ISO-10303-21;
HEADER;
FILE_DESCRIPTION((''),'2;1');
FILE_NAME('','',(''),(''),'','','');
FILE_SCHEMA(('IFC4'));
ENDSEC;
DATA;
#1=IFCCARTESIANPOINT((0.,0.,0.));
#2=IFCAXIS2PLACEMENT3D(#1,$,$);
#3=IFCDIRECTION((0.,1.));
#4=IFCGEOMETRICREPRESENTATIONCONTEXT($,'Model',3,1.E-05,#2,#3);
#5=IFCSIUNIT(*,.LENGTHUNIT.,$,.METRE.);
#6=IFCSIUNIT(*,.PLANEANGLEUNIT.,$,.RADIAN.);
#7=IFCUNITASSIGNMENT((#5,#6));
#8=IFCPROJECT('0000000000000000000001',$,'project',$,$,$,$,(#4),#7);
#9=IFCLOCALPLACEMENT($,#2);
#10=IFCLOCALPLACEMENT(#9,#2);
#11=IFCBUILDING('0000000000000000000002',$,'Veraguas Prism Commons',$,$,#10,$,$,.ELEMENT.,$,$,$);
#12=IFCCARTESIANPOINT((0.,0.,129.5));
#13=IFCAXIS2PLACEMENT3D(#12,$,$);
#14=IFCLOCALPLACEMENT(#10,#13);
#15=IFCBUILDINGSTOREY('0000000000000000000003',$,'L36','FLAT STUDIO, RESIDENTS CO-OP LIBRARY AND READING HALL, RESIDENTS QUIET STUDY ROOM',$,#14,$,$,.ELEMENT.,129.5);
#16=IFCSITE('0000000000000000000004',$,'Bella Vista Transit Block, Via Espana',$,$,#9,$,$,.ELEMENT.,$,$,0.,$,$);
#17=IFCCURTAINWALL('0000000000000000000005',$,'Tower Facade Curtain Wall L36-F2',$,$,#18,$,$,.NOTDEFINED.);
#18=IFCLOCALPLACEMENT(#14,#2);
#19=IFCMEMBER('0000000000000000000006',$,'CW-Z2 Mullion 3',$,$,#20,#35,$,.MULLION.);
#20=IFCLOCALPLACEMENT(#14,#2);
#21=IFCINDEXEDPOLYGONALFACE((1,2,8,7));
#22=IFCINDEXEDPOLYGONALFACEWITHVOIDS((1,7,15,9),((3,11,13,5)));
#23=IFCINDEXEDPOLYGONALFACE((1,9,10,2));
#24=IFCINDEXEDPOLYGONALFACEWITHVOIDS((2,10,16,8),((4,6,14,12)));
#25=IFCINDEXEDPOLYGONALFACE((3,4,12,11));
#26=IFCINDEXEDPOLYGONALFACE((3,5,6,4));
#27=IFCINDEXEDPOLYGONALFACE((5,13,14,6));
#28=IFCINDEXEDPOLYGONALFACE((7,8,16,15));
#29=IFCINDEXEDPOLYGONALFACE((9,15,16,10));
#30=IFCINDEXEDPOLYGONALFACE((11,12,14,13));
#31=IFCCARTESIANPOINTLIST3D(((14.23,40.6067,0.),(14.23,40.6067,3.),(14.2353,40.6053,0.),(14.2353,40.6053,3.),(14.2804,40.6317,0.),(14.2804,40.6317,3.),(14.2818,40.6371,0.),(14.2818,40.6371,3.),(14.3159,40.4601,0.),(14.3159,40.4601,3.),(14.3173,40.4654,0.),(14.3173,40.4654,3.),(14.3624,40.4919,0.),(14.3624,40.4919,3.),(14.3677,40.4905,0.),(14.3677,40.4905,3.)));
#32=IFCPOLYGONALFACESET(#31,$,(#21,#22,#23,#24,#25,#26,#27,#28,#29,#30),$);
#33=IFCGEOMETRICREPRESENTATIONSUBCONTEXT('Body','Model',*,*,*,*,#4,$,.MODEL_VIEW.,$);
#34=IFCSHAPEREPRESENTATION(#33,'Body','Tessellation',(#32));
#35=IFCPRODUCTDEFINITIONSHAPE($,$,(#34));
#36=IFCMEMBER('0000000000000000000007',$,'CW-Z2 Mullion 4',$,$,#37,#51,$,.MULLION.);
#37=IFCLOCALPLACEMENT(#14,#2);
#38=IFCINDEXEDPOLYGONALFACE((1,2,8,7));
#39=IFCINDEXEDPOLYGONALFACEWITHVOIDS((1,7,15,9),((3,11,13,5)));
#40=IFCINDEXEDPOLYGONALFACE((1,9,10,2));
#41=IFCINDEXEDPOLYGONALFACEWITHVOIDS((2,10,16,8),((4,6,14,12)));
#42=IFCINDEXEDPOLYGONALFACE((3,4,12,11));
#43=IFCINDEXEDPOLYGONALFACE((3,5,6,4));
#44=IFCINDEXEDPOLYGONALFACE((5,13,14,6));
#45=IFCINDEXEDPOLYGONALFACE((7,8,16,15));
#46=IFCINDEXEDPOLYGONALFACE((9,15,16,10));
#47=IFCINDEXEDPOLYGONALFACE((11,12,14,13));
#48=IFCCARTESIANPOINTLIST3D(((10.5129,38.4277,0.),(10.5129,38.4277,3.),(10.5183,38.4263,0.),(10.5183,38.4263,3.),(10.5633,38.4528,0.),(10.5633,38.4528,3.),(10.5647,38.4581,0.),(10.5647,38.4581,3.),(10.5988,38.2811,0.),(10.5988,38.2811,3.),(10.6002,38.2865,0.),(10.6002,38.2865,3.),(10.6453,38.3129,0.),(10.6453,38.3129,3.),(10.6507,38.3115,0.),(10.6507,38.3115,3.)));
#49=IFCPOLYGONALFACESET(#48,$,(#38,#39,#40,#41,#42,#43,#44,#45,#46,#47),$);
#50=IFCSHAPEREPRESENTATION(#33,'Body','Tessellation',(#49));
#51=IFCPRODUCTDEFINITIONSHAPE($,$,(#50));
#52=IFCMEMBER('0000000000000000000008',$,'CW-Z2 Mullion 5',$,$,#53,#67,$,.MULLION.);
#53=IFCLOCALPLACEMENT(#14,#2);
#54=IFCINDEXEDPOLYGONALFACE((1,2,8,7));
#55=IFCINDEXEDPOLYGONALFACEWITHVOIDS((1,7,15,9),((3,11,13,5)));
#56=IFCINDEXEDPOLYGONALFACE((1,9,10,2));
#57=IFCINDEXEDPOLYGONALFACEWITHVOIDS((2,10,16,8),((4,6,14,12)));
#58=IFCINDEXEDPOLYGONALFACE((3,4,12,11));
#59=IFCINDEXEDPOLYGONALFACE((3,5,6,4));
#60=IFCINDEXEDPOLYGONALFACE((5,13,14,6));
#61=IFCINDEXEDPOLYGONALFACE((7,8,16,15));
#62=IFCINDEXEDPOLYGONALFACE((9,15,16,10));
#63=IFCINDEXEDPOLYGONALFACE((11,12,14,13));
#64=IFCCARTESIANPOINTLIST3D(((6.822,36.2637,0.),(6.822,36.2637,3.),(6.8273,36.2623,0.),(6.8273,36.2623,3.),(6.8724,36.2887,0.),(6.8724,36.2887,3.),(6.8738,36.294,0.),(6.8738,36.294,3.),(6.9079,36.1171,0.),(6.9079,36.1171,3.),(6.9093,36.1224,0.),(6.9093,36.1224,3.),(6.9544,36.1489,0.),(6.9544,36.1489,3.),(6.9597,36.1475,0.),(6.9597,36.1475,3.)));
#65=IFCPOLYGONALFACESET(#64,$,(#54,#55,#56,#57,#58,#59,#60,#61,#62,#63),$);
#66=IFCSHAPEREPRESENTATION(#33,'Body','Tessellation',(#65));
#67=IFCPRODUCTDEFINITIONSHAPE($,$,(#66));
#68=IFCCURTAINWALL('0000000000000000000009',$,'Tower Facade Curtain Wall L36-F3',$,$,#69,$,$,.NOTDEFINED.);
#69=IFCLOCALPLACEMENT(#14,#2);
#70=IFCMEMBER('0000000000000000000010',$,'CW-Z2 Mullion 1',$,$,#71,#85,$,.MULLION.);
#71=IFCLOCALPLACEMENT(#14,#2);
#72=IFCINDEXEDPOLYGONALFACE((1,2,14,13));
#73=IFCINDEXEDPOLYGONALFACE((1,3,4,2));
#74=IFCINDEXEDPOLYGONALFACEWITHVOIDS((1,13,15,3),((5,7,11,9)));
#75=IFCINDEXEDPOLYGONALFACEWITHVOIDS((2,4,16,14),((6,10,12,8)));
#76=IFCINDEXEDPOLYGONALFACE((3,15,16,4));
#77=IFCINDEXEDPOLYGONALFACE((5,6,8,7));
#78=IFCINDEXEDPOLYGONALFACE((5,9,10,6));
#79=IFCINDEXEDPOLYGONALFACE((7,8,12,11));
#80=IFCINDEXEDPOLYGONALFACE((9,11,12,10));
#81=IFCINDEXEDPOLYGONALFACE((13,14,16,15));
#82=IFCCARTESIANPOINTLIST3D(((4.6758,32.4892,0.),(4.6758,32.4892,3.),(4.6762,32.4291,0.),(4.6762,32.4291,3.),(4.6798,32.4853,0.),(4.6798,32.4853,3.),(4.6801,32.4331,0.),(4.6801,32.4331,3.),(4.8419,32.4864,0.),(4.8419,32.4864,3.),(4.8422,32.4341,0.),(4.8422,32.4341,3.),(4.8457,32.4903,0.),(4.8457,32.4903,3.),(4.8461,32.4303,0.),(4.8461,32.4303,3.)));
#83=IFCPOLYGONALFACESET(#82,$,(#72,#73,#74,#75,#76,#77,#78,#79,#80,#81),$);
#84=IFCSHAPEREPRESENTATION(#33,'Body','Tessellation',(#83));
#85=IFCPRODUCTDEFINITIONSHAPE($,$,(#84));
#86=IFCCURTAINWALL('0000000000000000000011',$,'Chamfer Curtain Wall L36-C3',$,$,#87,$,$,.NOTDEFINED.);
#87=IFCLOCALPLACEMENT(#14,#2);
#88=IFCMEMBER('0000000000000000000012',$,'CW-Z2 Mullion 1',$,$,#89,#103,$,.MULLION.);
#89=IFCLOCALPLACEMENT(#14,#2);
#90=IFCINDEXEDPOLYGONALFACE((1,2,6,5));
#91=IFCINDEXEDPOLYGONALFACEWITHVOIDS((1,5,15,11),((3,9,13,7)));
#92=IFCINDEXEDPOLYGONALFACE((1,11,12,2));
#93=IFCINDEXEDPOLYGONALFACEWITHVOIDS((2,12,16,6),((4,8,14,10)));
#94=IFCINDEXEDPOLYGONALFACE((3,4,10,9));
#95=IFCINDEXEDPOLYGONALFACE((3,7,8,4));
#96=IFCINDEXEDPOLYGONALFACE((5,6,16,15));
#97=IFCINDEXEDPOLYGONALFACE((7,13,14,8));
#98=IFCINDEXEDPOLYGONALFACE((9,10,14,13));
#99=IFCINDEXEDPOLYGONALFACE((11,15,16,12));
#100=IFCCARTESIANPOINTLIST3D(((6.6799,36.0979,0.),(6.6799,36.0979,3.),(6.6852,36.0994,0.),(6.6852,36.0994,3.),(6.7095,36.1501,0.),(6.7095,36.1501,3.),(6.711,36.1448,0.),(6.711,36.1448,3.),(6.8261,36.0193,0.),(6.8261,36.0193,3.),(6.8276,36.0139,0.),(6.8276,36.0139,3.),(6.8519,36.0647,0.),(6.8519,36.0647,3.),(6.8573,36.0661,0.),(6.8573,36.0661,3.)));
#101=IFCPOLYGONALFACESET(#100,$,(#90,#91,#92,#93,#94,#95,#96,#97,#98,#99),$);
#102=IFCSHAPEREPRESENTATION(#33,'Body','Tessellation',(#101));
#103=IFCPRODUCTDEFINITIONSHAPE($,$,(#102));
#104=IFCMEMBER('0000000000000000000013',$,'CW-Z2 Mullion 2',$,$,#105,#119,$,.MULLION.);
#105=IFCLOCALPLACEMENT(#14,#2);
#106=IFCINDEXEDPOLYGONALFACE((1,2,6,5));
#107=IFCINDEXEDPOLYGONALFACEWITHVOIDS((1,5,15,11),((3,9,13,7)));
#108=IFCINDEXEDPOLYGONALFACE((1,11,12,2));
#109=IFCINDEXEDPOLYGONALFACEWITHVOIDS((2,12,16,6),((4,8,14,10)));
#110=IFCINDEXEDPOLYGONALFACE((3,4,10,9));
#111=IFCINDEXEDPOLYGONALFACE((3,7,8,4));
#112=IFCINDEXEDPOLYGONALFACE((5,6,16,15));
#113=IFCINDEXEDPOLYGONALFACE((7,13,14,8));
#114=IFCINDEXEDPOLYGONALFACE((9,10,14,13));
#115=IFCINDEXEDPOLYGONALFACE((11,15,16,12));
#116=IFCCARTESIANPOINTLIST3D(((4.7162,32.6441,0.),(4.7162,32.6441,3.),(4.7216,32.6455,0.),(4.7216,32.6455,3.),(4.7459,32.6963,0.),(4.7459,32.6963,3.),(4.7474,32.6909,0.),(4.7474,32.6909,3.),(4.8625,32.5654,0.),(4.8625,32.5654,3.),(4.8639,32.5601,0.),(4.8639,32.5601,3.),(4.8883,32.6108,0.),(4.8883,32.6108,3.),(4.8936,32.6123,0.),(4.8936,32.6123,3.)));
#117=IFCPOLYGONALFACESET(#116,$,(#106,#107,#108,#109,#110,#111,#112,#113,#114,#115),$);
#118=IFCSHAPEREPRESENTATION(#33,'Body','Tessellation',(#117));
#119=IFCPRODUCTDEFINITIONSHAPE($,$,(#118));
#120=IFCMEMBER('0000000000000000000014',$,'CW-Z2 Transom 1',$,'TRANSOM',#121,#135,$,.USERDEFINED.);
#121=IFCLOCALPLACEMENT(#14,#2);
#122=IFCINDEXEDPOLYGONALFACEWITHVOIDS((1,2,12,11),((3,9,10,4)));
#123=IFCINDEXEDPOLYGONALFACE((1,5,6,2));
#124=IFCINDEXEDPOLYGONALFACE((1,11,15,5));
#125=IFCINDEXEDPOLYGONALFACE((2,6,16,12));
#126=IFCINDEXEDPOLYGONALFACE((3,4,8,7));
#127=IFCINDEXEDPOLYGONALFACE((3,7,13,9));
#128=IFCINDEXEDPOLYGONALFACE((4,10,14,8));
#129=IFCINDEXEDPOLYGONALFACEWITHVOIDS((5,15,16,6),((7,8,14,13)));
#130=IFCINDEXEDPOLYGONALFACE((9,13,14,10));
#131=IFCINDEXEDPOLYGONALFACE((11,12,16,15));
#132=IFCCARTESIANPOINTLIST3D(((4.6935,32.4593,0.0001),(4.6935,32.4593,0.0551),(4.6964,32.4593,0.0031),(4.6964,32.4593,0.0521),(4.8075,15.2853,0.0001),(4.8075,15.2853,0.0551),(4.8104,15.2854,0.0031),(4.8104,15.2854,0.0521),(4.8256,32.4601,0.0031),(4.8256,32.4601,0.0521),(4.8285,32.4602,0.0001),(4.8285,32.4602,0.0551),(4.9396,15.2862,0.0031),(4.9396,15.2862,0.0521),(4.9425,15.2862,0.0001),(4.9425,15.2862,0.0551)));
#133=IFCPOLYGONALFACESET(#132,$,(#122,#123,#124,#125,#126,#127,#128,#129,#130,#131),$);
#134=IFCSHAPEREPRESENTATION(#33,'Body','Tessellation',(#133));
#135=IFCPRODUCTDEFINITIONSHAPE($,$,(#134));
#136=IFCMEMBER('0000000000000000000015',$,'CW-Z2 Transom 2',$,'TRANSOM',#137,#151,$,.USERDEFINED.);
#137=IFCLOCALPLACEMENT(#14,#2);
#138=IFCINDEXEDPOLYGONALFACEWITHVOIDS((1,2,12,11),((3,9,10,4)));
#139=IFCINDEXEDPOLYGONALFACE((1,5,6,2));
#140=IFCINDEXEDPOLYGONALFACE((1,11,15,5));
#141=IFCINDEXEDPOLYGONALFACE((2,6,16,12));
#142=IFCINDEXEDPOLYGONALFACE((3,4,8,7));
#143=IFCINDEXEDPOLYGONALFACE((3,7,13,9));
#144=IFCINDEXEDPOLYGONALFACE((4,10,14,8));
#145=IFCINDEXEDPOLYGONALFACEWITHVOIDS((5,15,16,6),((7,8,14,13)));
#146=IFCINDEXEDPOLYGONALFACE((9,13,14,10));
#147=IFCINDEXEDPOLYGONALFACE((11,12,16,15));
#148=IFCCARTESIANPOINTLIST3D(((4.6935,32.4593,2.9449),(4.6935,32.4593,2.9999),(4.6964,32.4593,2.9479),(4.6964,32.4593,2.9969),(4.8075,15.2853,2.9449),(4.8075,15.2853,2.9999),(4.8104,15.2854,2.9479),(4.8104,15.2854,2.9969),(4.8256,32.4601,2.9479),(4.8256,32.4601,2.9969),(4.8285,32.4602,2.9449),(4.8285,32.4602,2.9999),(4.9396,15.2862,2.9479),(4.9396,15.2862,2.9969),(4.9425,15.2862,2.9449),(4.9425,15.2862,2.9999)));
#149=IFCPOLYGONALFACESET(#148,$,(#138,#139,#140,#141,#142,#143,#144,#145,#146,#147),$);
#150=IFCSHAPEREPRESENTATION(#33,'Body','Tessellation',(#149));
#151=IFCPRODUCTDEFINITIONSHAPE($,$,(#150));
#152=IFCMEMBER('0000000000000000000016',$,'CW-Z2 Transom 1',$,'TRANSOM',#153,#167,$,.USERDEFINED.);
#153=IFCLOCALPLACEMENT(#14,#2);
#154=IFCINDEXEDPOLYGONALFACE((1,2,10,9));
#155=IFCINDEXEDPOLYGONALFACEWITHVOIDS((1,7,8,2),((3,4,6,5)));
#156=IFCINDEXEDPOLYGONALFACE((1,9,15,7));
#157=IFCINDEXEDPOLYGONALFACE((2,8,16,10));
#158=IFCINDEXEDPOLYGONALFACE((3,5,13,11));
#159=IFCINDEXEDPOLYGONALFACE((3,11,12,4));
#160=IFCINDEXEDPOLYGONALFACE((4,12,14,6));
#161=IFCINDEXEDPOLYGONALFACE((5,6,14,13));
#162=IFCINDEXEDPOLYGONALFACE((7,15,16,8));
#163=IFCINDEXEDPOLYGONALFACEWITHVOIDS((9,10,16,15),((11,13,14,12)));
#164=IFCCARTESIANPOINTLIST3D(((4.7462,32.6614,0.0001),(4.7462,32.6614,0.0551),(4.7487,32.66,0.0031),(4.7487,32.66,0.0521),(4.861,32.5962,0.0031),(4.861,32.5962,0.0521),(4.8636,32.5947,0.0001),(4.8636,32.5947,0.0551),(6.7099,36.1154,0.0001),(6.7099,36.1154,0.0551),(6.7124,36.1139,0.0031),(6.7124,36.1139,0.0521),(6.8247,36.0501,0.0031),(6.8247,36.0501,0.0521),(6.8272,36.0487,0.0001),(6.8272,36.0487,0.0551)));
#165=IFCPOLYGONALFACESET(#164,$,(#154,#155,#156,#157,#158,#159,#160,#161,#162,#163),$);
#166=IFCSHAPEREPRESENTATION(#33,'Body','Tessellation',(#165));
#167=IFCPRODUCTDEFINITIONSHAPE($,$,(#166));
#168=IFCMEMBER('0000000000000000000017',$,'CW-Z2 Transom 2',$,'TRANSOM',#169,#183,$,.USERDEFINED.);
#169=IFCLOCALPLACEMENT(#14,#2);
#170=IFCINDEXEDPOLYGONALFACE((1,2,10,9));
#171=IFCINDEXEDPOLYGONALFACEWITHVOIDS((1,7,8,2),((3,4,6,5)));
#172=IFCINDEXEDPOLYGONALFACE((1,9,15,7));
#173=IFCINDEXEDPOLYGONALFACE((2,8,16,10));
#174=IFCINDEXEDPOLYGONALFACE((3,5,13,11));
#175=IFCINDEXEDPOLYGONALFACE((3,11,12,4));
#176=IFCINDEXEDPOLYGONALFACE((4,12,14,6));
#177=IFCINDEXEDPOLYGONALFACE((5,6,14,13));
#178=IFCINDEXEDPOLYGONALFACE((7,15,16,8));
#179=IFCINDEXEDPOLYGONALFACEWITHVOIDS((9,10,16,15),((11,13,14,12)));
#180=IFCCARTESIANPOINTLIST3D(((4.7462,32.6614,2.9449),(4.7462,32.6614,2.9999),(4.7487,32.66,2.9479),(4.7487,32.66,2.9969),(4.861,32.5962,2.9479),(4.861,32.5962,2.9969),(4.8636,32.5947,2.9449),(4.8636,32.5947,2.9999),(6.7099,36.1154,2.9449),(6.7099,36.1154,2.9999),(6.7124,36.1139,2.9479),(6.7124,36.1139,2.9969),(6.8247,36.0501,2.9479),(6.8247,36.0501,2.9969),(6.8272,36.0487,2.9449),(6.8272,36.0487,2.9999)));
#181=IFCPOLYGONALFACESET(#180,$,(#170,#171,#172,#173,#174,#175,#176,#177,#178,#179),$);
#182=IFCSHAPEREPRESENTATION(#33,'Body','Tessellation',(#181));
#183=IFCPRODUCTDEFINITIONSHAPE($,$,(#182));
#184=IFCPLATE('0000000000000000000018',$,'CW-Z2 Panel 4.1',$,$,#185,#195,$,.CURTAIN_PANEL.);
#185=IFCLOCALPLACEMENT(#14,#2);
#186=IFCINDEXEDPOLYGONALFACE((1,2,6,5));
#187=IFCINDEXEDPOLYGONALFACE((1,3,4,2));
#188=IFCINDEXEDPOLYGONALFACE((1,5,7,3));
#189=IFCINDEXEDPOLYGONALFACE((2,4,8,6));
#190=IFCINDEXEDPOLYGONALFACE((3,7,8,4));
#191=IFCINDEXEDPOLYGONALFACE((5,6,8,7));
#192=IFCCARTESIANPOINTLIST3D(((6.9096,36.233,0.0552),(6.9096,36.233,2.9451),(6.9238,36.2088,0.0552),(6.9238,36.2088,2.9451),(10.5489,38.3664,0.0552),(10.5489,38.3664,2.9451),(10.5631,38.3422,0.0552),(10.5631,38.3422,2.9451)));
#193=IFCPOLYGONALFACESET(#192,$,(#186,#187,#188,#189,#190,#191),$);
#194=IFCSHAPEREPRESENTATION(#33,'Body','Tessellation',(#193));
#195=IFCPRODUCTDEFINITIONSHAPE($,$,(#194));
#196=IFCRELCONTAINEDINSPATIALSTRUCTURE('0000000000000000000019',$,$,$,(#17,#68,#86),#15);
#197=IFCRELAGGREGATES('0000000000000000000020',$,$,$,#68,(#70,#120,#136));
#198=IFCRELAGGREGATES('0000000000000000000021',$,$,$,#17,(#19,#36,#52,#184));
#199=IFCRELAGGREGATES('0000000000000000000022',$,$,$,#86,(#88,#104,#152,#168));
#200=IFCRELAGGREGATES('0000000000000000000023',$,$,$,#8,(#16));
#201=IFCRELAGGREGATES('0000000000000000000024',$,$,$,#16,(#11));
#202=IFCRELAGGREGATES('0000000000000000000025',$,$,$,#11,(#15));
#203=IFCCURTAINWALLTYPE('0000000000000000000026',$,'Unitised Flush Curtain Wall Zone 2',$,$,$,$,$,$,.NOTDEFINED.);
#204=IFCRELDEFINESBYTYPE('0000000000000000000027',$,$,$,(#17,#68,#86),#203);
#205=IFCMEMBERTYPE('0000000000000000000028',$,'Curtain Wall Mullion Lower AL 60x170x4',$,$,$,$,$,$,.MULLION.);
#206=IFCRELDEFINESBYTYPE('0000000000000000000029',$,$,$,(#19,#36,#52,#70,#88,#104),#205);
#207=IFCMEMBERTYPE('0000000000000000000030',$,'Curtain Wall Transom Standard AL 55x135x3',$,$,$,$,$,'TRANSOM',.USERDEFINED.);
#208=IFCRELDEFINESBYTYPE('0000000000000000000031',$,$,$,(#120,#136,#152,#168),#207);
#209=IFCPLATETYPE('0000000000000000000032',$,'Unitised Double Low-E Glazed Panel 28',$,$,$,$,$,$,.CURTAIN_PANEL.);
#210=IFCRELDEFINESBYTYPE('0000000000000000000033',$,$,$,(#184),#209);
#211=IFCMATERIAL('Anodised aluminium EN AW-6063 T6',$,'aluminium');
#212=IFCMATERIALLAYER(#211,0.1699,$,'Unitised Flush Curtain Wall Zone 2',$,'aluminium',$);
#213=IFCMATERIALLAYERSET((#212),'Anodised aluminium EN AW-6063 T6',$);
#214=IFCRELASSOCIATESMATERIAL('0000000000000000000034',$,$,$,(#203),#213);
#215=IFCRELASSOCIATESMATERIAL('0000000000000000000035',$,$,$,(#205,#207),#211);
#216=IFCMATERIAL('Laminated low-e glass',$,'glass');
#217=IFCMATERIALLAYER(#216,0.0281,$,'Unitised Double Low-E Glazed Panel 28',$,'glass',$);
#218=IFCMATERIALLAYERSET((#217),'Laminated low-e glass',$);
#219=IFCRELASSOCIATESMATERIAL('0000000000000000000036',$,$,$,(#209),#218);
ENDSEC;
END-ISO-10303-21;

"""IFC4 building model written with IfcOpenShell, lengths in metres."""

from ifc_helpers import new_model, si_unit, direction, frame, origin, origin_2d, place, context, subcontext, project, spatial, rectangle, hollow_rectangle, extrude, source, transform, mapped, material, layer, layer_set, material_profile, profile_set, type_object, element, aggregate, save


model = new_model("IFC4")

# Units and contexts
model_context = context("Model", 3, precision=1e-05, world=origin(), true_north=direction((0.0, 1.0)))
body_context = subcontext(model_context, "Body", "Model", "MODEL_VIEW")
ifc_project = project(units=[si_unit("LENGTHUNIT", "METRE"), si_unit("PLANEANGLEUNIT", "RADIAN")], contexts=[model_context])

# Site, building, storey
site_placement = place(None, origin())
site = spatial("IfcSite", under=ifc_project, at=site_placement, Name="Bella Vista Transit Block, Via Espana", CompositionType="ELEMENT", RefElevation=0.0)
building_placement = place(site_placement, origin())
building = spatial("IfcBuilding", under=site, at=building_placement, Name="Veraguas Prism Commons", CompositionType="ELEMENT")
storey_placement = place(building_placement, frame((0.0, 0.0, 129.5)))
storey = spatial("IfcBuildingStorey", under=building, at=storey_placement, Name="L36", Description="FLAT STUDIO, RESIDENTS CO-OP LIBRARY AND READING HALL, RESIDENTS QUIET STUDY ROOM", CompositionType="ELEMENT", Elevation=129.5)

# Curtain wall, members
ifc_material_1 = material(Name="Anodised aluminium EN AW-6063 T6", Category="aluminium")
ifc_layer_1 = layer(ifc_material_1, 0.1699, Name="Unitised Flush Curtain Wall Zone 2", Category="aluminium")
ifc_layer_set_1 = layer_set([ifc_layer_1], Name="Anodised aluminium EN AW-6063 T6")
curtain_wall_type = type_object("IfcCurtainWallType", Name="Unitised Flush Curtain Wall Zone 2", PredefinedType="NOTDEFINED", material=ifc_layer_set_1)
curtain_wall_1_placement = place(storey_placement, origin())
curtain_wall_1 = element("IfcCurtainWall", 1, at=curtain_wall_1_placement, inside=storey, type_object=curtain_wall_type, Name="Tower Facade Curtain Wall L36-F2", PredefinedType="NOTDEFINED")
ifc_material_profile_1 = material_profile(ifc_material_1, hollow_rectangle(XDim=0.0601, YDim=0.1699, WallThickness=0.0039, at=origin_2d()), Name="AL60X170X4")
ifc_profile_set_1 = profile_set([ifc_material_profile_1], Name="Anodised aluminium EN AW-6063 T6")
member_type_1 = type_object("IfcMemberType", Name="Curtain Wall Mullion Lower AL 60x170x4", PredefinedType="MULLION", material=ifc_profile_set_1)
shared_shape_1 = source(origin(), body_context, "Body", "SweptSolid", [
    extrude(hollow_rectangle(XDim=0.0601, YDim=0.1699, WallThickness=0.0039, at=origin_2d()), origin(), (0.0, 0.0, 1.0), 3.0),
])
member_1_placement = place(storey_placement, frame((14.2988, 40.5486, 0.0), z_axis=(0.0, 0.0, 1.0), x_axis=(-0.862686, -0.50574, 0.0)))
member_1 = element("IfcMember", 2, at=member_1_placement, type_object=member_type_1, Name="CW-Z2 Mullion 3", PredefinedType="MULLION", context=body_context, shape_type="MappedRepresentation", body=[
    mapped(shared_shape_1, transform((0.0, 0.0, 0.0), scale=1.0)),
])
member_2_placement = place(storey_placement, frame((10.5818, 38.3696, 0.0), z_axis=(0.0, 0.0, 1.0), x_axis=(-0.862686, -0.50574, 0.0)))
member_2 = element("IfcMember", 3, at=member_2_placement, type_object=member_type_1, Name="CW-Z2 Mullion 4", PredefinedType="MULLION", context=body_context, shape_type="MappedRepresentation", body=[
    mapped(shared_shape_1, transform((0.0, 0.0, 0.0), scale=1.0)),
])
member_3_placement = place(storey_placement, frame((6.8909, 36.2056, 0.0), z_axis=(0.0, 0.0, 1.0), x_axis=(-0.862686, -0.50574, 0.0)))
member_3 = element("IfcMember", 4, at=member_3_placement, type_object=member_type_1, Name="CW-Z2 Mullion 5", PredefinedType="MULLION", context=body_context, shape_type="MappedRepresentation", body=[
    mapped(shared_shape_1, transform((0.0, 0.0, 0.0), scale=1.0)),
])

# Curtain wall, member
curtain_wall_2_placement = place(storey_placement, origin())
curtain_wall_2 = element("IfcCurtainWall", 5, at=curtain_wall_2_placement, inside=storey, type_object=curtain_wall_type, Name="Tower Facade Curtain Wall L36-F3", PredefinedType="NOTDEFINED")
member_4_placement = place(storey_placement, frame((4.761, 32.4597, 0.0), z_axis=(0.0, 0.0, 1.0), x_axis=(0.006632, -0.999978, 0.0)))
member_4 = element("IfcMember", 6, at=member_4_placement, type_object=member_type_1, Name="CW-Z2 Mullion 1", PredefinedType="MULLION", context=body_context, shape_type="MappedRepresentation", body=[
    mapped(shared_shape_1, transform((0.0, 0.0, 0.0), scale=1.0)),
])

# Curtain wall, members
curtain_wall_3_placement = place(storey_placement, origin())
curtain_wall_3 = element("IfcCurtainWall", 7, at=curtain_wall_3_placement, inside=storey, type_object=curtain_wall_type, Name="Chamfer Curtain Wall L36-C3", PredefinedType="NOTDEFINED")
member_5_placement = place(storey_placement, frame((6.7686, 36.082, 0.0), z_axis=(0.0, 0.0, 1.0), x_axis=(-0.494244, -0.869323, 0.0)))
member_5 = element("IfcMember", 8, at=member_5_placement, type_object=member_type_1, Name="CW-Z2 Mullion 1", PredefinedType="MULLION", context=body_context, shape_type="MappedRepresentation", body=[
    mapped(shared_shape_1, transform((0.0, 0.0, 0.0), scale=1.0)),
])
member_6_placement = place(storey_placement, frame((4.8049, 32.6282, 0.0), z_axis=(0.0, 0.0, 1.0), x_axis=(-0.494244, -0.869323, 0.0)))
member_6 = element("IfcMember", 9, at=member_6_placement, type_object=member_type_1, Name="CW-Z2 Mullion 2", PredefinedType="MULLION", context=body_context, shape_type="MappedRepresentation", body=[
    mapped(shared_shape_1, transform((0.0, 0.0, 0.0), scale=1.0)),
])

# Members
ifc_material_profile_2 = material_profile(ifc_material_1, hollow_rectangle(XDim=0.0549, YDim=0.135, WallThickness=0.0029, at=origin_2d()), Name="AL55X135X3")
ifc_profile_set_2 = profile_set([ifc_material_profile_2], Name="Anodised aluminium EN AW-6063 T6")
member_type_2 = type_object("IfcMemberType", Name="Curtain Wall Transom Standard AL 55x135x3", ElementType="TRANSOM", PredefinedType="USERDEFINED", material=ifc_profile_set_2)
shared_shape_2 = source(origin(), body_context, "Body", "SweptSolid", [
    extrude(hollow_rectangle(XDim=0.0549, YDim=0.135, WallThickness=0.0029, at=origin_2d()), origin(), (0.0, 0.0, 1.0), 17.1743),
])
member_7_placement = place(storey_placement, frame((4.761, 32.4597, 0.0276), z_axis=(0.006639, -0.999978, 0.0), x_axis=(0.0, 0.0, 1.0)))
member_7 = element("IfcMember", 10, at=member_7_placement, type_object=member_type_2, Name="CW-Z2 Transom 1", ObjectType="TRANSOM", PredefinedType="USERDEFINED", context=body_context, shape_type="MappedRepresentation", body=[
    mapped(shared_shape_2, transform((0.0, 0.0, 0.0), scale=1.0)),
])
member_8_placement = place(storey_placement, frame((4.761, 32.4597, 2.9724), z_axis=(0.006639, -0.999978, 0.0), x_axis=(0.0, 0.0, 1.0)))
member_8 = element("IfcMember", 11, at=member_8_placement, type_object=member_type_2, Name="CW-Z2 Transom 2", ObjectType="TRANSOM", PredefinedType="USERDEFINED", context=body_context, shape_type="MappedRepresentation", body=[
    mapped(shared_shape_2, transform((0.0, 0.0, 0.0), scale=1.0)),
])
aggregate(curtain_wall_2, [member_4, member_7, member_8])
shared_shape_3 = source(origin(), body_context, "Body", "SweptSolid", [
    extrude(hollow_rectangle(XDim=0.0549, YDim=0.135, WallThickness=0.0029, at=origin_2d()), origin(), (0.0, 0.0, 1.0), 3.9731),
])
member_9_placement = place(storey_placement, frame((6.7686, 36.082, 0.0276), z_axis=(-0.494238, -0.869326, 0.0), x_axis=(0.0, 0.0, 1.0)))
member_9 = element("IfcMember", 12, at=member_9_placement, type_object=member_type_2, Name="CW-Z2 Transom 1", ObjectType="TRANSOM", PredefinedType="USERDEFINED", context=body_context, shape_type="MappedRepresentation", body=[
    mapped(shared_shape_3, transform((0.0, 0.0, 0.0), scale=1.0)),
])
member_10_placement = place(storey_placement, frame((6.7686, 36.082, 2.9724), z_axis=(-0.494238, -0.869326, 0.0), x_axis=(0.0, 0.0, 1.0)))
member_10 = element("IfcMember", 13, at=member_10_placement, type_object=member_type_2, Name="CW-Z2 Transom 2", ObjectType="TRANSOM", PredefinedType="USERDEFINED", context=body_context, shape_type="MappedRepresentation", body=[
    mapped(shared_shape_3, transform((0.0, 0.0, 0.0), scale=1.0)),
])

# Plate
ifc_material_2 = material(Name="Laminated low-e glass", Category="glass")
ifc_layer_2 = layer(ifc_material_2, 0.0281, Name="Unitised Double Low-E Glazed Panel 28", Category="glass")
ifc_layer_set_2 = layer_set([ifc_layer_2], Name="Laminated low-e glass")
plate_type = type_object("IfcPlateType", Name="Unitised Double Low-E Glazed Panel 28", PredefinedType="CURTAIN_PANEL", material=ifc_layer_set_2)
shared_shape_4 = source(origin(), body_context, "Body", "SweptSolid", [
    extrude(rectangle(XDim=4.2185, YDim=0.0281, at=origin_2d()), origin(), (0.0, 0.0, 1.0), 2.8899),
])
plate_1_placement = place(storey_placement, frame((8.7363, 37.2876, 0.0552), z_axis=(0.0, 0.0, 1.0), x_axis=(-0.862686, -0.50574, 0.0)))
plate_1 = element("IfcPlate", 14, at=plate_1_placement, type_object=plate_type, Name="CW-Z2 Panel 4.1", PredefinedType="CURTAIN_PANEL", context=body_context, shape_type="MappedRepresentation", body=[
    mapped(shared_shape_4, transform((0.0, 0.0, 0.0), scale=1.0)),
])
aggregate(curtain_wall_1, [member_1, member_2, member_3, plate_1])
aggregate(curtain_wall_3, [member_5, member_6, member_9, member_10])

save(model, "model.ifc")
